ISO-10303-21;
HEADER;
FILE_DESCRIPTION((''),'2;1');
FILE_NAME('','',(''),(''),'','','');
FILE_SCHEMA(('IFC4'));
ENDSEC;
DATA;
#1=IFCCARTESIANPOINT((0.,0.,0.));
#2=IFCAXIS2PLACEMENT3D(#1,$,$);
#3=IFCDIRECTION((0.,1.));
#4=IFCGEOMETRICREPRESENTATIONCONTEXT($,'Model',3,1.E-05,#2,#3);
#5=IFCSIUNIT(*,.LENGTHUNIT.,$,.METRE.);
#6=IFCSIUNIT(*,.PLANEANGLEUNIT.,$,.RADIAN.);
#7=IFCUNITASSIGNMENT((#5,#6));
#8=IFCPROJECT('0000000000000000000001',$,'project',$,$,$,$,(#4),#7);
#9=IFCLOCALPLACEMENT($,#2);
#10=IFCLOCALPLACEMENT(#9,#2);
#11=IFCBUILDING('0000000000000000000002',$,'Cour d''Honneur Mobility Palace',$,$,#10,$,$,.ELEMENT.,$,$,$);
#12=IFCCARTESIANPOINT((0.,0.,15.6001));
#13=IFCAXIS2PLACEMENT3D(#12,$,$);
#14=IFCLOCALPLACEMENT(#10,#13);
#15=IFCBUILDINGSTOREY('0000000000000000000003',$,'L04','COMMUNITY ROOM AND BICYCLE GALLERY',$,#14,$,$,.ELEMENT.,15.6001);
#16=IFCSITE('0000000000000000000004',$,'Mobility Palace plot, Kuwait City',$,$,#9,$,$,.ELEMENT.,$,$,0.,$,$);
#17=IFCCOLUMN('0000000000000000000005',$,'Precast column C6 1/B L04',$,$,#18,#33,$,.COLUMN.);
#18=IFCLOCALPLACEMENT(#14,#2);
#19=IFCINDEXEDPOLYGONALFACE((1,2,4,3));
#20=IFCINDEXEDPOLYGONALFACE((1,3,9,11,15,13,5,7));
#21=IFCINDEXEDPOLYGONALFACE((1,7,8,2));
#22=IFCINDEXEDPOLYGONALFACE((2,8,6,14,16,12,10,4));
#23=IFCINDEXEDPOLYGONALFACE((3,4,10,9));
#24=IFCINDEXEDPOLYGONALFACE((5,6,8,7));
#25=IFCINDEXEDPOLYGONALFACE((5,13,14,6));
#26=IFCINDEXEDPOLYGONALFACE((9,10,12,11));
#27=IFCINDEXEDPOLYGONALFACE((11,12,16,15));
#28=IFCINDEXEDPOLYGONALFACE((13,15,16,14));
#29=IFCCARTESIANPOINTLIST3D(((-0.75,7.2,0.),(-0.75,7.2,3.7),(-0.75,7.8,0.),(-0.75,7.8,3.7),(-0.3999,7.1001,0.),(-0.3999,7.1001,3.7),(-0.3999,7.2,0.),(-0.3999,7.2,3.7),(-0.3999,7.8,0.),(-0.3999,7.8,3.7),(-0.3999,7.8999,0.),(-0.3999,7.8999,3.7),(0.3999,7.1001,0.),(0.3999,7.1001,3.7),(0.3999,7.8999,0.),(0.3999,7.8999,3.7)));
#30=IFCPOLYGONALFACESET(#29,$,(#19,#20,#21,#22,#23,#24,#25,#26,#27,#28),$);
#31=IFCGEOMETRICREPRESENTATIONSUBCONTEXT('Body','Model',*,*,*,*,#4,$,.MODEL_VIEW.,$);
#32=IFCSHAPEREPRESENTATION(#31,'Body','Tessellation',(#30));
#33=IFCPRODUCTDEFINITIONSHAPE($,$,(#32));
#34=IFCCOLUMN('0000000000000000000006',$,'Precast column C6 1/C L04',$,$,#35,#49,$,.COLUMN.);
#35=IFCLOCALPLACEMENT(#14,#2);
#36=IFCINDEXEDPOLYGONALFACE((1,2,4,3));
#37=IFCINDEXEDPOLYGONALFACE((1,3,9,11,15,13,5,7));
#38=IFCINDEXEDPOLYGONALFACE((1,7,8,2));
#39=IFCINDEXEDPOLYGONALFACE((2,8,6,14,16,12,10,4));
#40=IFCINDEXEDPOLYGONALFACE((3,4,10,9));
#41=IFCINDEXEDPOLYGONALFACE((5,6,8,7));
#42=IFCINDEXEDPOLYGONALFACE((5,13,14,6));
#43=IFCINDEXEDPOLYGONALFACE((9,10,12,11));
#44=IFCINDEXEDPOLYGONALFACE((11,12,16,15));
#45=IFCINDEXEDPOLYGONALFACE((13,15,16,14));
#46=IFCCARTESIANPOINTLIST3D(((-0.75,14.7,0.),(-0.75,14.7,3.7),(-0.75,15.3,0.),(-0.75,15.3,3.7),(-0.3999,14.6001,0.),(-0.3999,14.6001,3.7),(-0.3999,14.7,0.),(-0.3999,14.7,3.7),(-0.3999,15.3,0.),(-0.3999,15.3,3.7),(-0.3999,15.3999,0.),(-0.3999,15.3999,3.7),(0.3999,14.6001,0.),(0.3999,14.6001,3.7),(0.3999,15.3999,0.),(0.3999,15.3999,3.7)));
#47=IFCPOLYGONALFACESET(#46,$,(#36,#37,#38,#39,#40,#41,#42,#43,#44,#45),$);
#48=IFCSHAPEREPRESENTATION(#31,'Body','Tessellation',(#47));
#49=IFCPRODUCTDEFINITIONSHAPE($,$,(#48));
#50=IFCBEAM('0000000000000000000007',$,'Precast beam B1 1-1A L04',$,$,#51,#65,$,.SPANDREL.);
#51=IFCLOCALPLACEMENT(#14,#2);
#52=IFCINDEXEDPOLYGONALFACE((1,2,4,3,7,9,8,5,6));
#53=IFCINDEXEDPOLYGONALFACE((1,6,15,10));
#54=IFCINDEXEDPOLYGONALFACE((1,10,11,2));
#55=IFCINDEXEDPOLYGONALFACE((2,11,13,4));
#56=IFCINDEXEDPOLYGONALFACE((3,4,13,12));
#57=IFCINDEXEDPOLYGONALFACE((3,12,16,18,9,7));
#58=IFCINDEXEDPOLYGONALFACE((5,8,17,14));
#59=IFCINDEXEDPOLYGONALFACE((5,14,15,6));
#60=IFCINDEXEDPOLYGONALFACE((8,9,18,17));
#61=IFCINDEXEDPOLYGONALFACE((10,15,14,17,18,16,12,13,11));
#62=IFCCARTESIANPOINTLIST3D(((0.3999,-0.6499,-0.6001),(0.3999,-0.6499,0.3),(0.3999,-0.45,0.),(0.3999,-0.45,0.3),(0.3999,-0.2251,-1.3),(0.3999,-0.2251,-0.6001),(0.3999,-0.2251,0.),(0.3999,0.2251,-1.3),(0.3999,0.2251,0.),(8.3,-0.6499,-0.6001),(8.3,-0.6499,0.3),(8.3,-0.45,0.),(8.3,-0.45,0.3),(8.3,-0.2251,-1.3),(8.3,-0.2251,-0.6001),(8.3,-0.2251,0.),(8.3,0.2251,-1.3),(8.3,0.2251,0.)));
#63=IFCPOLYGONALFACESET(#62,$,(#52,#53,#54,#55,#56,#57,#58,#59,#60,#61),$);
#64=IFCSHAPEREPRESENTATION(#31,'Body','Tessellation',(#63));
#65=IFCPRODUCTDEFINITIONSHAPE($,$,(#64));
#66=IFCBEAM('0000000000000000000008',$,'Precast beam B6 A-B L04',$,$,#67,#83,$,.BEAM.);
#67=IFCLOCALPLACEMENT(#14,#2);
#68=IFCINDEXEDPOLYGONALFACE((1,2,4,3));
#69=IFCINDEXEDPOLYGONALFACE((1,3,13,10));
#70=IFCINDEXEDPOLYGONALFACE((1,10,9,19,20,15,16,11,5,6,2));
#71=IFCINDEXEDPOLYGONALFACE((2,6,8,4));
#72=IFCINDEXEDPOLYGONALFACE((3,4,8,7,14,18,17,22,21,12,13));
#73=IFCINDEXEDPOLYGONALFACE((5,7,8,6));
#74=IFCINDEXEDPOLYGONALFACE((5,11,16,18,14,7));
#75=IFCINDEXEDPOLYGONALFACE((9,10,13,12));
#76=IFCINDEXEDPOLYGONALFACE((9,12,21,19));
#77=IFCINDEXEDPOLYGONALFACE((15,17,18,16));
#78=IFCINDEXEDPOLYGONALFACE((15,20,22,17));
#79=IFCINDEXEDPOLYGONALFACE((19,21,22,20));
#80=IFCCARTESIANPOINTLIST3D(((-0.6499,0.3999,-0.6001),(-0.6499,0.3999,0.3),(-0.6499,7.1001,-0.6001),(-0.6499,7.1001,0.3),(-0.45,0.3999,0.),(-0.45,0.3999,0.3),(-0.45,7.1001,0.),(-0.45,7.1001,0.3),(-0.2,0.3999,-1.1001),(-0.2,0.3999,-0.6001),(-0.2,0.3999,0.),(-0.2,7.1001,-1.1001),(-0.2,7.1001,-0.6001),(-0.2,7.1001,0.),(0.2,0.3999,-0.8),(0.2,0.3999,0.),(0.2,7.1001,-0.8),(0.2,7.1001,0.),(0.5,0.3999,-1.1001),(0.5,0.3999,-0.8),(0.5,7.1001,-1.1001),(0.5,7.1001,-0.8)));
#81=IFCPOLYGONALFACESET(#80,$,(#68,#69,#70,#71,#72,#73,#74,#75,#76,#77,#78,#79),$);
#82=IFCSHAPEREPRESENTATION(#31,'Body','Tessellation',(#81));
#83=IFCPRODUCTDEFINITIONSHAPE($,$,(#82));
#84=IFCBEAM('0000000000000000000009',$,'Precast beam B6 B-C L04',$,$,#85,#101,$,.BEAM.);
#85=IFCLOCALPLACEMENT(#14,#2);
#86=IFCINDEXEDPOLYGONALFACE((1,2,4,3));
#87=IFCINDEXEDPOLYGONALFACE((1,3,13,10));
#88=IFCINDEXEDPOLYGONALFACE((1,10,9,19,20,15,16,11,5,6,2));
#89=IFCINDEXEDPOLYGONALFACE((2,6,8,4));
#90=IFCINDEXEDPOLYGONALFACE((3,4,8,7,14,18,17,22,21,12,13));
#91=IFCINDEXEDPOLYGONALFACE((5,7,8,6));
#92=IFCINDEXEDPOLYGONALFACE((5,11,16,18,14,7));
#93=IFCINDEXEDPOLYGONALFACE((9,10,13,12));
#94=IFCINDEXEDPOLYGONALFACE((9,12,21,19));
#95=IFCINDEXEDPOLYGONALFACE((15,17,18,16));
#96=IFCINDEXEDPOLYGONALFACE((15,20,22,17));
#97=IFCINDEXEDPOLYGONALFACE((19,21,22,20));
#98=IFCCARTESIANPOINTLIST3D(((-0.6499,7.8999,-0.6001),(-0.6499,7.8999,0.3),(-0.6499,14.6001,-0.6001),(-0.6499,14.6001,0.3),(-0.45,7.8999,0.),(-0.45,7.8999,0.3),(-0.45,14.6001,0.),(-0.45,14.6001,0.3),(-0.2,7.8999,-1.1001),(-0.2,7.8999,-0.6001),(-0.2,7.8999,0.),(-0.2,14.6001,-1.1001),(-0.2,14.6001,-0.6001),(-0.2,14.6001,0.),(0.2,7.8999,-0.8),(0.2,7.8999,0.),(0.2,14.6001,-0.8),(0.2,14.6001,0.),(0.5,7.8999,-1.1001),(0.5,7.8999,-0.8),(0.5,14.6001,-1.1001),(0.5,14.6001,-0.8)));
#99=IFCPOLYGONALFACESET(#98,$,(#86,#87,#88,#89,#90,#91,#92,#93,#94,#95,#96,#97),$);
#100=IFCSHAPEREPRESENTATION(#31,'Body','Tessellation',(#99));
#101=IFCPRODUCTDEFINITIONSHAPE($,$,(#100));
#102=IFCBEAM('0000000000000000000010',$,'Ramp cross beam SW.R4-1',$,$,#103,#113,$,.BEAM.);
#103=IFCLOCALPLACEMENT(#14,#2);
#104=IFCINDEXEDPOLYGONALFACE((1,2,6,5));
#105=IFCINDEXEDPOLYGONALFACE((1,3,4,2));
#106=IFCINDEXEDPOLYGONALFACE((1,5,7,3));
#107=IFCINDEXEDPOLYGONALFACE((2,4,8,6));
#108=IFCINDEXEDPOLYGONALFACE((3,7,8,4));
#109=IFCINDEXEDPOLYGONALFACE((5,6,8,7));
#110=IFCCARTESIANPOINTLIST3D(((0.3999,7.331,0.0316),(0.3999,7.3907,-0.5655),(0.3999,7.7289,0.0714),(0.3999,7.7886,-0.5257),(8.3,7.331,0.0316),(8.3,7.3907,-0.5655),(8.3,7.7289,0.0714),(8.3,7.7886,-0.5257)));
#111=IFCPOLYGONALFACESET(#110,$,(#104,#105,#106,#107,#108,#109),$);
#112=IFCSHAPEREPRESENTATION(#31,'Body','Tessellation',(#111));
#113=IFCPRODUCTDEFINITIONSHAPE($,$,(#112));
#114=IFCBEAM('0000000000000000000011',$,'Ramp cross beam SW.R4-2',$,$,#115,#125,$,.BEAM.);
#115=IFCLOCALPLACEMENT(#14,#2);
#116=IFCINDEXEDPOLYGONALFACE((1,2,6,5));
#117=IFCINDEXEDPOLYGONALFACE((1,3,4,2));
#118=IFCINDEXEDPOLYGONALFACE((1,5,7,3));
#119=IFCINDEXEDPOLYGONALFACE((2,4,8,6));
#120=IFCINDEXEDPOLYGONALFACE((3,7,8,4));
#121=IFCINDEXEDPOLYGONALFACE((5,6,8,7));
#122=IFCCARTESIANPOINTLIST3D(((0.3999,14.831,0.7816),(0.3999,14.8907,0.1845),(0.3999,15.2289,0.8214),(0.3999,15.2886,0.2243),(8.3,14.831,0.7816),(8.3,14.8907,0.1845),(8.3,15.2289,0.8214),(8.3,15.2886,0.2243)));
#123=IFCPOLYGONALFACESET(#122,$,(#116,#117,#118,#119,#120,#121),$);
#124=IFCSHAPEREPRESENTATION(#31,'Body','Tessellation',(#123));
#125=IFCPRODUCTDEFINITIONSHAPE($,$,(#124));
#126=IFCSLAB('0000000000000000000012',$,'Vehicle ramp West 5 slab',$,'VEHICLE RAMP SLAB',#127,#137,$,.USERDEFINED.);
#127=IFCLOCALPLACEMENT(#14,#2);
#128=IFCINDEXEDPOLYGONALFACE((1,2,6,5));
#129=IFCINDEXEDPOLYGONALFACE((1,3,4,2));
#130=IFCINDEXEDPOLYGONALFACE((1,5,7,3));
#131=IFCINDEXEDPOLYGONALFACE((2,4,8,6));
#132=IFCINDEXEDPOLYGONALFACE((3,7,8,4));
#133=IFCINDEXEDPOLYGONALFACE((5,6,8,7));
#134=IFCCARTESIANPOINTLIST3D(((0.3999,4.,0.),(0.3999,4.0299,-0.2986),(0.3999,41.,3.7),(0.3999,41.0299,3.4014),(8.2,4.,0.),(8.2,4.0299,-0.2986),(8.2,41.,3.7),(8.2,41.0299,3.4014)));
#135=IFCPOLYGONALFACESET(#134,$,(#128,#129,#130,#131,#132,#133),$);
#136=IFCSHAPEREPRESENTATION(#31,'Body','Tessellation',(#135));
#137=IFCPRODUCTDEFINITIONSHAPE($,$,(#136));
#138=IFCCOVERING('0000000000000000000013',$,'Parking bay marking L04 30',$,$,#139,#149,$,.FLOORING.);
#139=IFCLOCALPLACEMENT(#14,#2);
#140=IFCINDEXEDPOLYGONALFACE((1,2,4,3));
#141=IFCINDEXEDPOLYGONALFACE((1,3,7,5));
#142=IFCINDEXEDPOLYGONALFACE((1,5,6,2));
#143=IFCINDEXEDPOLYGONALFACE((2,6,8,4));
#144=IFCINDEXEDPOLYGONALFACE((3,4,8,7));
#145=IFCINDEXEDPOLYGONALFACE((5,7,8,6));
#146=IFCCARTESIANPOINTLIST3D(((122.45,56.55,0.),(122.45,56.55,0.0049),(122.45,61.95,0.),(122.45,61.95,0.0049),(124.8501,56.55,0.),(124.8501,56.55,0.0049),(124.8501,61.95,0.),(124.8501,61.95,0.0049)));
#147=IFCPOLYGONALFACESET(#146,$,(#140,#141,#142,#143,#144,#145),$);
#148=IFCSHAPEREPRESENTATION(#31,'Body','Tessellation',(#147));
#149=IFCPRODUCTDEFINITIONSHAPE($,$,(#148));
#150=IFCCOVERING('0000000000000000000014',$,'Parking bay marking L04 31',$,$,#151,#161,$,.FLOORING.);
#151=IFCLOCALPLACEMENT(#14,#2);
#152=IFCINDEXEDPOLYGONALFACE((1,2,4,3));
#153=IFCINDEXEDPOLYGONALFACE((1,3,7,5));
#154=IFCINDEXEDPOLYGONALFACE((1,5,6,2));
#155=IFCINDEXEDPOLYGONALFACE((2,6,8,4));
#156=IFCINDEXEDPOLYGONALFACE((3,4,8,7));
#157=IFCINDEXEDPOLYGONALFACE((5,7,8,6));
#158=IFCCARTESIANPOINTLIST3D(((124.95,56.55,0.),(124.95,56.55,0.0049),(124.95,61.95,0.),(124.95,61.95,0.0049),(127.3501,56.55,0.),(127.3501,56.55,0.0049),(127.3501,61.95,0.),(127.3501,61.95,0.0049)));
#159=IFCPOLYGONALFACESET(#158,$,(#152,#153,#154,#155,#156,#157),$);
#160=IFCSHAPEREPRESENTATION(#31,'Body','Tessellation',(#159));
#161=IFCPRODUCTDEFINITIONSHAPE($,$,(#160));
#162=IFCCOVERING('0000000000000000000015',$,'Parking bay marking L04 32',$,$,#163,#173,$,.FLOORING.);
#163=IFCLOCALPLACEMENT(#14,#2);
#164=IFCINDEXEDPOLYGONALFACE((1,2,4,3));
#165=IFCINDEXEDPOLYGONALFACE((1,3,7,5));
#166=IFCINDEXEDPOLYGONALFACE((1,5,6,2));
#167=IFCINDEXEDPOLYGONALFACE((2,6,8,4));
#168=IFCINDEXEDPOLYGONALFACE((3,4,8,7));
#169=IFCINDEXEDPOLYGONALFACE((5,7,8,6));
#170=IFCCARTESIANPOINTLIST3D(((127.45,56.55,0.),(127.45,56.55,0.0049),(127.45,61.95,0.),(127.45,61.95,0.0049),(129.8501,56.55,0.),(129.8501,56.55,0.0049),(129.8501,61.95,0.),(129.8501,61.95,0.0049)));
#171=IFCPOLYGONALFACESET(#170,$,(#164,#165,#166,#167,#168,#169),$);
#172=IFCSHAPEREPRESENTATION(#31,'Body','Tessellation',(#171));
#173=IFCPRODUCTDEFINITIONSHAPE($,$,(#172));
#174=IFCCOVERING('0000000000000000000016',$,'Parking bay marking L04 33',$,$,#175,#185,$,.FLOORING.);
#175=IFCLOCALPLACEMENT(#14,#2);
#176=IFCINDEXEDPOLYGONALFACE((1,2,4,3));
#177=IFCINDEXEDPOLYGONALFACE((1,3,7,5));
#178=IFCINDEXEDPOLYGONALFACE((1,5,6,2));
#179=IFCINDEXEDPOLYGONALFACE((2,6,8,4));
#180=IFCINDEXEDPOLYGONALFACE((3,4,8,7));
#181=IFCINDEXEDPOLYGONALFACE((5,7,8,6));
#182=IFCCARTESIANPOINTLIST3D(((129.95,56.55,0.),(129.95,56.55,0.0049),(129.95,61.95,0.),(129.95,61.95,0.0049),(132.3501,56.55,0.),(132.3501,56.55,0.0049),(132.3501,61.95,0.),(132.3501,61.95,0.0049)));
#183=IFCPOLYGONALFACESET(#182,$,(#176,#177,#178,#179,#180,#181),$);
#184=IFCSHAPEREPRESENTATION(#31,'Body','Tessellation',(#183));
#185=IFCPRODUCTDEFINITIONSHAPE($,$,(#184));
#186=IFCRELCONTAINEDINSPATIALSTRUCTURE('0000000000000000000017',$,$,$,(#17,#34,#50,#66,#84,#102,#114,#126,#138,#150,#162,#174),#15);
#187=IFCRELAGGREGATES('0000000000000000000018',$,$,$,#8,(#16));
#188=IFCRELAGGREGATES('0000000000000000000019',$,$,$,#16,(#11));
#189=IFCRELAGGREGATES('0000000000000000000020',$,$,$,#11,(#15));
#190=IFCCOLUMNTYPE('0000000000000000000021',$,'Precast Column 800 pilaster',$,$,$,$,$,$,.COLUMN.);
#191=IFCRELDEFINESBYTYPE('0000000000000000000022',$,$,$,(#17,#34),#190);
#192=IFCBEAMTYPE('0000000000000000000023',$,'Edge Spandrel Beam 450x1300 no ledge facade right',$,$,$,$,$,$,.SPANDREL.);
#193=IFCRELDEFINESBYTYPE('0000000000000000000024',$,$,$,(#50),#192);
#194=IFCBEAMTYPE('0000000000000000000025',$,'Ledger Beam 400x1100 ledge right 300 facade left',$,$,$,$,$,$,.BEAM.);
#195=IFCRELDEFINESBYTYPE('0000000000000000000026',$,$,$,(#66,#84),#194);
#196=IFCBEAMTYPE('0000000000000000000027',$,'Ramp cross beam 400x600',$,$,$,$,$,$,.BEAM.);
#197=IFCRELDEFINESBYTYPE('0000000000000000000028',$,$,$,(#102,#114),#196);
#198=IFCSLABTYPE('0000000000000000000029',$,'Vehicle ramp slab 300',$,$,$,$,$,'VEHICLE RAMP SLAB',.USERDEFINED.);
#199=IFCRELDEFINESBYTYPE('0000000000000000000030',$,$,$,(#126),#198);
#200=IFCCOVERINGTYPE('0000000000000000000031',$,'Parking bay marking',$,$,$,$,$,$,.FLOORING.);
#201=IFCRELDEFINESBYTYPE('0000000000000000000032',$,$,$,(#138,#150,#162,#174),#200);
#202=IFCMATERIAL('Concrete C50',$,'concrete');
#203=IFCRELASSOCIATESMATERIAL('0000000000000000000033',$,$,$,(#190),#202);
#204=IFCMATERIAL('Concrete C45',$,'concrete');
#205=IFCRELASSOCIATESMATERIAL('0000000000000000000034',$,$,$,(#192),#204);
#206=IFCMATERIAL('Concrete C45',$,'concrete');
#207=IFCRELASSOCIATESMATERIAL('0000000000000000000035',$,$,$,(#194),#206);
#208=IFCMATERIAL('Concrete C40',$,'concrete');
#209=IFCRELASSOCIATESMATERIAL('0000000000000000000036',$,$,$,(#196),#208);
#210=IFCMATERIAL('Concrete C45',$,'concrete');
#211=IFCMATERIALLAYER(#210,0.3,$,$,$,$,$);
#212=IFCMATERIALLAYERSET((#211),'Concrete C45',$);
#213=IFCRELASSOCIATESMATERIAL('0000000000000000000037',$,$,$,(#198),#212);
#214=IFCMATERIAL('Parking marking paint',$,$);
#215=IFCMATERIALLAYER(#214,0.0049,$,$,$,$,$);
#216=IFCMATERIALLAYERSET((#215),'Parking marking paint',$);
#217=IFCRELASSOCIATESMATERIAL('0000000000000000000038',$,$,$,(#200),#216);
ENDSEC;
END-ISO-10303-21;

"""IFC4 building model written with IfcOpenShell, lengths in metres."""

from ifc_helpers import new_model, si_unit, direction, frame, origin, origin_2d, place, context, subcontext, project, spatial, polyline, rectangle, outline, extrude, material, layer, layer_set, material_profile, profile_set, type_object, element, save


model = new_model("IFC4")

# Units and contexts
model_context = context("Model", 3, precision=1e-05, world=origin(), true_north=direction((0.0, 1.0)))
body_context = subcontext(model_context, "Body", "Model", "MODEL_VIEW")
ifc_project = project(units=[si_unit("LENGTHUNIT", "METRE"), si_unit("PLANEANGLEUNIT", "RADIAN")], contexts=[model_context])

# Site, building, storey
site_placement = place(None, origin())
site = spatial("IfcSite", under=ifc_project, at=site_placement, Name="Mobility Palace plot, Kuwait City", CompositionType="ELEMENT", RefElevation=0.0)
building_placement = place(site_placement, origin())
building = spatial("IfcBuilding", under=site, at=building_placement, Name="Cour d'Honneur Mobility Palace", CompositionType="ELEMENT")
storey_placement = place(building_placement, frame((0.0, 0.0, 15.6001)))
storey = spatial("IfcBuildingStorey", under=building, at=storey_placement, Name="L04", Description="COMMUNITY ROOM AND BICYCLE GALLERY", CompositionType="ELEMENT", Elevation=15.6001)

# Columns
ifc_material_1 = material(Name="Concrete C50", Category="concrete")
ifc_material_profile_1 = material_profile(ifc_material_1, outline(polyline([(-0.3999, -0.3999), (0.3999, -0.3999), (0.3999, -0.3), (0.75, -0.3), (0.75, 0.3), (0.3999, 0.3), (0.3999, 0.3999), (-0.3999, 0.3999), (-0.3999, -0.3999)])), Name="PC C800 pilaster")
ifc_profile_set_1 = profile_set([ifc_material_profile_1], Name="Concrete C50")
column_type = type_object("IfcColumnType", Name="Precast Column 800 pilaster", PredefinedType="COLUMN", material=ifc_profile_set_1)
for number, where, z_axis, x_axis, name in (
    (1, (0.0, 7.5, 0.0), (0.0, 0.0, 1.0), (-1.0, 0.0, 0.0), "Precast column C6 1/B L04"),
    (2, (0.0, 15.0, 0.0), (0.0, 0.0, 1.0), (-1.0, 0.0, 0.0), "Precast column C6 1/C L04"),
):
    element("IfcColumn", number, at=place(storey_placement, frame(where, z_axis=z_axis, x_axis=x_axis)), inside=storey, type_object=column_type, Name=name, PredefinedType="COLUMN", context=body_context, shape_type="SweptSolid", body=[
        extrude(outline(polyline([(-0.3999, -0.3999), (0.3999, -0.3999), (0.3999, -0.3), (0.75, -0.3), (0.75, 0.3), (0.3999, 0.3), (0.3999, 0.3999), (-0.3999, 0.3999), (-0.3999, -0.3999)])), origin(), (0.0, 0.0, 1.0), 3.7),
    ])

# Beams
ifc_material_2 = material(Name="Concrete C45", Category="concrete")
ifc_material_profile_2 = material_profile(ifc_material_2, outline(polyline([(0.2251, -1.3), (0.2251, 0.0), (-0.2251, 0.0), (-0.45, 0.0), (-0.45, 0.3), (-0.6499, 0.3), (-0.6499, -0.6001), (-0.2251, -0.6001), (-0.2251, -1.3), (0.2251, -1.3)])), Name="Edge Spandrel Beam 450x1300 no ledge facade right")
ifc_profile_set_2 = profile_set([ifc_material_profile_2], Name="Concrete C45")
beam_type_1 = type_object("IfcBeamType", Name="Edge Spandrel Beam 450x1300 no ledge facade right", PredefinedType="SPANDREL", material=ifc_profile_set_2)
beam_placement = place(storey_placement, frame((0.3999, 0.0, 0.0), z_axis=(1.0, 0.0, 0.0), x_axis=(0.0, 1.0, 0.0)))
element("IfcBeam", 3, at=beam_placement, inside=storey, type_object=beam_type_1, Name="Precast beam B1 1-1A L04", PredefinedType="SPANDREL", context=body_context, shape_type="SweptSolid", body=[
    extrude(outline(polyline([(0.2251, -1.3), (0.2251, 0.0), (-0.2251, 0.0), (-0.45, 0.0), (-0.45, 0.3), (-0.6499, 0.3), (-0.6499, -0.6001), (-0.2251, -0.6001), (-0.2251, -1.3), (0.2251, -1.3)])), origin(), (0.0, 0.0, 1.0), 7.9001),
])
ifc_material_3 = material(Name="Concrete C45", Category="concrete")
ifc_material_profile_3 = material_profile(ifc_material_3, outline(polyline([(0.2, -1.1001), (0.2, -0.6001), (0.6499, -0.6001), (0.6499, 0.3), (0.45, 0.3), (0.45, 0.0), (0.2, 0.0), (-0.2, 0.0), (-0.2, -0.8), (-0.5, -0.8), (-0.5, -1.1001), (0.2, -1.1001)])), Name="Ledger Beam 400x1100 ledge right 300 facade left")
ifc_profile_set_3 = profile_set([ifc_material_profile_3], Name="Concrete C45")
beam_type_2 = type_object("IfcBeamType", Name="Ledger Beam 400x1100 ledge right 300 facade left", PredefinedType="BEAM", material=ifc_profile_set_3)
for number, where, z_axis, x_axis, name in (
    (4, (0.0, 0.3999, 0.0), (0.0, 1.0, 0.0), (-1.0, 0.0, 0.0), "Precast beam B6 A-B L04"),
    (5, (0.0, 7.8999, 0.0), (0.0, 1.0, 0.0), (-1.0, 0.0, 0.0), "Precast beam B6 B-C L04"),
):
    element("IfcBeam", number, at=place(storey_placement, frame(where, z_axis=z_axis, x_axis=x_axis)), inside=storey, type_object=beam_type_2, Name=name, PredefinedType="BEAM", context=body_context, shape_type="SweptSolid", body=[
        extrude(outline(polyline([(0.2, -1.1001), (0.2, -0.6001), (0.6499, -0.6001), (0.6499, 0.3), (0.45, 0.3), (0.45, 0.0), (0.2, 0.0), (-0.2, 0.0), (-0.2, -0.8), (-0.5, -0.8), (-0.5, -1.1001), (0.2, -1.1001)])), origin(), (0.0, 0.0, 1.0), 6.7002),
    ])
ifc_material_4 = material(Name="Concrete C40", Category="concrete")
ifc_material_profile_4 = material_profile(ifc_material_4, rectangle(XDim=0.3999, YDim=0.6001, at=origin_2d()), Name="Ramp cross beam 400x600")
ifc_profile_set_4 = profile_set([ifc_material_profile_4], Name="Concrete C40")
beam_type_3 = type_object("IfcBeamType", Name="Ramp cross beam 400x600", PredefinedType="BEAM", material=ifc_profile_set_4)
for number, where, z_axis, x_axis, name in (
    (6, (0.3999, 7.5598, -0.2471), (1.0, 0.0, 0.0), (0.0, 0.995037, 0.099504), "Ramp cross beam SW.R4-1"),
    (7, (0.3999, 15.0598, 0.5029), (1.0, 0.0, 0.0), (0.0, 0.995037, 0.099504), "Ramp cross beam SW.R4-2"),
):
    element("IfcBeam", number, at=place(storey_placement, frame(where, z_axis=z_axis, x_axis=x_axis)), inside=storey, type_object=beam_type_3, Name=name, PredefinedType="BEAM", context=body_context, shape_type="SweptSolid", body=[
        extrude(rectangle(XDim=0.3999, YDim=0.6001, at=origin_2d()), origin(), (0.0, 0.0, 1.0), 7.9001),
    ])

# Slab
ifc_material_5 = material(Name="Concrete C45", Category="concrete")
ifc_layer_1 = layer(ifc_material_5, 0.3)
ifc_layer_set_1 = layer_set([ifc_layer_1], Name="Concrete C45")
slab_type = type_object("IfcSlabType", Name="Vehicle ramp slab 300", ElementType="VEHICLE RAMP SLAB", PredefinedType="USERDEFINED", material=ifc_layer_set_1)
slab_placement = place(storey_placement, frame((0.3999, 4.0, 0.0), z_axis=(0.0, -0.099502, 0.995037), x_axis=(1.0, 0.0, 0.0)))
element("IfcSlab", 8, at=slab_placement, inside=storey, type_object=slab_type, Name="Vehicle ramp West 5 slab", ObjectType="VEHICLE RAMP SLAB", PredefinedType="USERDEFINED", context=body_context, shape_type="SweptSolid", body=[
    extrude(outline(polyline([(0.0, 0.0), (7.8, 0.0), (7.8, 37.1845), (0.0, 37.1845), (0.0, 0.0)])), origin(), (0.0, 0.0, -1.0), 0.3),
])

# Coverings
ifc_material_6 = material(Name="Parking marking paint")
ifc_layer_2 = layer(ifc_material_6, 0.0049)
ifc_layer_set_2 = layer_set([ifc_layer_2], Name="Parking marking paint")
covering_type = type_object("IfcCoveringType", Name="Parking bay marking", PredefinedType="FLOORING", material=ifc_layer_set_2)
covering_1_placement = place(storey_placement, origin())
element("IfcCovering", 9, at=covering_1_placement, inside=storey, type_object=covering_type, Name="Parking bay marking L04 30", PredefinedType="FLOORING", context=body_context, shape_type="SweptSolid", body=[
    extrude(outline(polyline([(124.8501, 56.55), (122.45, 56.55), (122.45, 61.95), (124.8501, 61.95), (124.8501, 56.55)])), origin(), (0.0, 0.0, 1.0), 0.0049),
])
covering_2_placement = place(storey_placement, origin())
element("IfcCovering", 10, at=covering_2_placement, inside=storey, type_object=covering_type, Name="Parking bay marking L04 31", PredefinedType="FLOORING", context=body_context, shape_type="SweptSolid", body=[
    extrude(outline(polyline([(127.3501, 56.55), (124.95, 56.55), (124.95, 61.95), (127.3501, 61.95), (127.3501, 56.55)])), origin(), (0.0, 0.0, 1.0), 0.0049),
])
covering_3_placement = place(storey_placement, origin())
element("IfcCovering", 11, at=covering_3_placement, inside=storey, type_object=covering_type, Name="Parking bay marking L04 32", PredefinedType="FLOORING", context=body_context, shape_type="SweptSolid", body=[
    extrude(outline(polyline([(129.8501, 56.55), (127.45, 56.55), (127.45, 61.95), (129.8501, 61.95), (129.8501, 56.55)])), origin(), (0.0, 0.0, 1.0), 0.0049),
])
covering_4_placement = place(storey_placement, origin())
element("IfcCovering", 12, at=covering_4_placement, inside=storey, type_object=covering_type, Name="Parking bay marking L04 33", PredefinedType="FLOORING", context=body_context, shape_type="SweptSolid", body=[
    extrude(outline(polyline([(132.3501, 56.55), (129.95, 56.55), (129.95, 61.95), (132.3501, 61.95), (132.3501, 56.55)])), origin(), (0.0, 0.0, 1.0), 0.0049),
])

save(model, "model.ifc")
